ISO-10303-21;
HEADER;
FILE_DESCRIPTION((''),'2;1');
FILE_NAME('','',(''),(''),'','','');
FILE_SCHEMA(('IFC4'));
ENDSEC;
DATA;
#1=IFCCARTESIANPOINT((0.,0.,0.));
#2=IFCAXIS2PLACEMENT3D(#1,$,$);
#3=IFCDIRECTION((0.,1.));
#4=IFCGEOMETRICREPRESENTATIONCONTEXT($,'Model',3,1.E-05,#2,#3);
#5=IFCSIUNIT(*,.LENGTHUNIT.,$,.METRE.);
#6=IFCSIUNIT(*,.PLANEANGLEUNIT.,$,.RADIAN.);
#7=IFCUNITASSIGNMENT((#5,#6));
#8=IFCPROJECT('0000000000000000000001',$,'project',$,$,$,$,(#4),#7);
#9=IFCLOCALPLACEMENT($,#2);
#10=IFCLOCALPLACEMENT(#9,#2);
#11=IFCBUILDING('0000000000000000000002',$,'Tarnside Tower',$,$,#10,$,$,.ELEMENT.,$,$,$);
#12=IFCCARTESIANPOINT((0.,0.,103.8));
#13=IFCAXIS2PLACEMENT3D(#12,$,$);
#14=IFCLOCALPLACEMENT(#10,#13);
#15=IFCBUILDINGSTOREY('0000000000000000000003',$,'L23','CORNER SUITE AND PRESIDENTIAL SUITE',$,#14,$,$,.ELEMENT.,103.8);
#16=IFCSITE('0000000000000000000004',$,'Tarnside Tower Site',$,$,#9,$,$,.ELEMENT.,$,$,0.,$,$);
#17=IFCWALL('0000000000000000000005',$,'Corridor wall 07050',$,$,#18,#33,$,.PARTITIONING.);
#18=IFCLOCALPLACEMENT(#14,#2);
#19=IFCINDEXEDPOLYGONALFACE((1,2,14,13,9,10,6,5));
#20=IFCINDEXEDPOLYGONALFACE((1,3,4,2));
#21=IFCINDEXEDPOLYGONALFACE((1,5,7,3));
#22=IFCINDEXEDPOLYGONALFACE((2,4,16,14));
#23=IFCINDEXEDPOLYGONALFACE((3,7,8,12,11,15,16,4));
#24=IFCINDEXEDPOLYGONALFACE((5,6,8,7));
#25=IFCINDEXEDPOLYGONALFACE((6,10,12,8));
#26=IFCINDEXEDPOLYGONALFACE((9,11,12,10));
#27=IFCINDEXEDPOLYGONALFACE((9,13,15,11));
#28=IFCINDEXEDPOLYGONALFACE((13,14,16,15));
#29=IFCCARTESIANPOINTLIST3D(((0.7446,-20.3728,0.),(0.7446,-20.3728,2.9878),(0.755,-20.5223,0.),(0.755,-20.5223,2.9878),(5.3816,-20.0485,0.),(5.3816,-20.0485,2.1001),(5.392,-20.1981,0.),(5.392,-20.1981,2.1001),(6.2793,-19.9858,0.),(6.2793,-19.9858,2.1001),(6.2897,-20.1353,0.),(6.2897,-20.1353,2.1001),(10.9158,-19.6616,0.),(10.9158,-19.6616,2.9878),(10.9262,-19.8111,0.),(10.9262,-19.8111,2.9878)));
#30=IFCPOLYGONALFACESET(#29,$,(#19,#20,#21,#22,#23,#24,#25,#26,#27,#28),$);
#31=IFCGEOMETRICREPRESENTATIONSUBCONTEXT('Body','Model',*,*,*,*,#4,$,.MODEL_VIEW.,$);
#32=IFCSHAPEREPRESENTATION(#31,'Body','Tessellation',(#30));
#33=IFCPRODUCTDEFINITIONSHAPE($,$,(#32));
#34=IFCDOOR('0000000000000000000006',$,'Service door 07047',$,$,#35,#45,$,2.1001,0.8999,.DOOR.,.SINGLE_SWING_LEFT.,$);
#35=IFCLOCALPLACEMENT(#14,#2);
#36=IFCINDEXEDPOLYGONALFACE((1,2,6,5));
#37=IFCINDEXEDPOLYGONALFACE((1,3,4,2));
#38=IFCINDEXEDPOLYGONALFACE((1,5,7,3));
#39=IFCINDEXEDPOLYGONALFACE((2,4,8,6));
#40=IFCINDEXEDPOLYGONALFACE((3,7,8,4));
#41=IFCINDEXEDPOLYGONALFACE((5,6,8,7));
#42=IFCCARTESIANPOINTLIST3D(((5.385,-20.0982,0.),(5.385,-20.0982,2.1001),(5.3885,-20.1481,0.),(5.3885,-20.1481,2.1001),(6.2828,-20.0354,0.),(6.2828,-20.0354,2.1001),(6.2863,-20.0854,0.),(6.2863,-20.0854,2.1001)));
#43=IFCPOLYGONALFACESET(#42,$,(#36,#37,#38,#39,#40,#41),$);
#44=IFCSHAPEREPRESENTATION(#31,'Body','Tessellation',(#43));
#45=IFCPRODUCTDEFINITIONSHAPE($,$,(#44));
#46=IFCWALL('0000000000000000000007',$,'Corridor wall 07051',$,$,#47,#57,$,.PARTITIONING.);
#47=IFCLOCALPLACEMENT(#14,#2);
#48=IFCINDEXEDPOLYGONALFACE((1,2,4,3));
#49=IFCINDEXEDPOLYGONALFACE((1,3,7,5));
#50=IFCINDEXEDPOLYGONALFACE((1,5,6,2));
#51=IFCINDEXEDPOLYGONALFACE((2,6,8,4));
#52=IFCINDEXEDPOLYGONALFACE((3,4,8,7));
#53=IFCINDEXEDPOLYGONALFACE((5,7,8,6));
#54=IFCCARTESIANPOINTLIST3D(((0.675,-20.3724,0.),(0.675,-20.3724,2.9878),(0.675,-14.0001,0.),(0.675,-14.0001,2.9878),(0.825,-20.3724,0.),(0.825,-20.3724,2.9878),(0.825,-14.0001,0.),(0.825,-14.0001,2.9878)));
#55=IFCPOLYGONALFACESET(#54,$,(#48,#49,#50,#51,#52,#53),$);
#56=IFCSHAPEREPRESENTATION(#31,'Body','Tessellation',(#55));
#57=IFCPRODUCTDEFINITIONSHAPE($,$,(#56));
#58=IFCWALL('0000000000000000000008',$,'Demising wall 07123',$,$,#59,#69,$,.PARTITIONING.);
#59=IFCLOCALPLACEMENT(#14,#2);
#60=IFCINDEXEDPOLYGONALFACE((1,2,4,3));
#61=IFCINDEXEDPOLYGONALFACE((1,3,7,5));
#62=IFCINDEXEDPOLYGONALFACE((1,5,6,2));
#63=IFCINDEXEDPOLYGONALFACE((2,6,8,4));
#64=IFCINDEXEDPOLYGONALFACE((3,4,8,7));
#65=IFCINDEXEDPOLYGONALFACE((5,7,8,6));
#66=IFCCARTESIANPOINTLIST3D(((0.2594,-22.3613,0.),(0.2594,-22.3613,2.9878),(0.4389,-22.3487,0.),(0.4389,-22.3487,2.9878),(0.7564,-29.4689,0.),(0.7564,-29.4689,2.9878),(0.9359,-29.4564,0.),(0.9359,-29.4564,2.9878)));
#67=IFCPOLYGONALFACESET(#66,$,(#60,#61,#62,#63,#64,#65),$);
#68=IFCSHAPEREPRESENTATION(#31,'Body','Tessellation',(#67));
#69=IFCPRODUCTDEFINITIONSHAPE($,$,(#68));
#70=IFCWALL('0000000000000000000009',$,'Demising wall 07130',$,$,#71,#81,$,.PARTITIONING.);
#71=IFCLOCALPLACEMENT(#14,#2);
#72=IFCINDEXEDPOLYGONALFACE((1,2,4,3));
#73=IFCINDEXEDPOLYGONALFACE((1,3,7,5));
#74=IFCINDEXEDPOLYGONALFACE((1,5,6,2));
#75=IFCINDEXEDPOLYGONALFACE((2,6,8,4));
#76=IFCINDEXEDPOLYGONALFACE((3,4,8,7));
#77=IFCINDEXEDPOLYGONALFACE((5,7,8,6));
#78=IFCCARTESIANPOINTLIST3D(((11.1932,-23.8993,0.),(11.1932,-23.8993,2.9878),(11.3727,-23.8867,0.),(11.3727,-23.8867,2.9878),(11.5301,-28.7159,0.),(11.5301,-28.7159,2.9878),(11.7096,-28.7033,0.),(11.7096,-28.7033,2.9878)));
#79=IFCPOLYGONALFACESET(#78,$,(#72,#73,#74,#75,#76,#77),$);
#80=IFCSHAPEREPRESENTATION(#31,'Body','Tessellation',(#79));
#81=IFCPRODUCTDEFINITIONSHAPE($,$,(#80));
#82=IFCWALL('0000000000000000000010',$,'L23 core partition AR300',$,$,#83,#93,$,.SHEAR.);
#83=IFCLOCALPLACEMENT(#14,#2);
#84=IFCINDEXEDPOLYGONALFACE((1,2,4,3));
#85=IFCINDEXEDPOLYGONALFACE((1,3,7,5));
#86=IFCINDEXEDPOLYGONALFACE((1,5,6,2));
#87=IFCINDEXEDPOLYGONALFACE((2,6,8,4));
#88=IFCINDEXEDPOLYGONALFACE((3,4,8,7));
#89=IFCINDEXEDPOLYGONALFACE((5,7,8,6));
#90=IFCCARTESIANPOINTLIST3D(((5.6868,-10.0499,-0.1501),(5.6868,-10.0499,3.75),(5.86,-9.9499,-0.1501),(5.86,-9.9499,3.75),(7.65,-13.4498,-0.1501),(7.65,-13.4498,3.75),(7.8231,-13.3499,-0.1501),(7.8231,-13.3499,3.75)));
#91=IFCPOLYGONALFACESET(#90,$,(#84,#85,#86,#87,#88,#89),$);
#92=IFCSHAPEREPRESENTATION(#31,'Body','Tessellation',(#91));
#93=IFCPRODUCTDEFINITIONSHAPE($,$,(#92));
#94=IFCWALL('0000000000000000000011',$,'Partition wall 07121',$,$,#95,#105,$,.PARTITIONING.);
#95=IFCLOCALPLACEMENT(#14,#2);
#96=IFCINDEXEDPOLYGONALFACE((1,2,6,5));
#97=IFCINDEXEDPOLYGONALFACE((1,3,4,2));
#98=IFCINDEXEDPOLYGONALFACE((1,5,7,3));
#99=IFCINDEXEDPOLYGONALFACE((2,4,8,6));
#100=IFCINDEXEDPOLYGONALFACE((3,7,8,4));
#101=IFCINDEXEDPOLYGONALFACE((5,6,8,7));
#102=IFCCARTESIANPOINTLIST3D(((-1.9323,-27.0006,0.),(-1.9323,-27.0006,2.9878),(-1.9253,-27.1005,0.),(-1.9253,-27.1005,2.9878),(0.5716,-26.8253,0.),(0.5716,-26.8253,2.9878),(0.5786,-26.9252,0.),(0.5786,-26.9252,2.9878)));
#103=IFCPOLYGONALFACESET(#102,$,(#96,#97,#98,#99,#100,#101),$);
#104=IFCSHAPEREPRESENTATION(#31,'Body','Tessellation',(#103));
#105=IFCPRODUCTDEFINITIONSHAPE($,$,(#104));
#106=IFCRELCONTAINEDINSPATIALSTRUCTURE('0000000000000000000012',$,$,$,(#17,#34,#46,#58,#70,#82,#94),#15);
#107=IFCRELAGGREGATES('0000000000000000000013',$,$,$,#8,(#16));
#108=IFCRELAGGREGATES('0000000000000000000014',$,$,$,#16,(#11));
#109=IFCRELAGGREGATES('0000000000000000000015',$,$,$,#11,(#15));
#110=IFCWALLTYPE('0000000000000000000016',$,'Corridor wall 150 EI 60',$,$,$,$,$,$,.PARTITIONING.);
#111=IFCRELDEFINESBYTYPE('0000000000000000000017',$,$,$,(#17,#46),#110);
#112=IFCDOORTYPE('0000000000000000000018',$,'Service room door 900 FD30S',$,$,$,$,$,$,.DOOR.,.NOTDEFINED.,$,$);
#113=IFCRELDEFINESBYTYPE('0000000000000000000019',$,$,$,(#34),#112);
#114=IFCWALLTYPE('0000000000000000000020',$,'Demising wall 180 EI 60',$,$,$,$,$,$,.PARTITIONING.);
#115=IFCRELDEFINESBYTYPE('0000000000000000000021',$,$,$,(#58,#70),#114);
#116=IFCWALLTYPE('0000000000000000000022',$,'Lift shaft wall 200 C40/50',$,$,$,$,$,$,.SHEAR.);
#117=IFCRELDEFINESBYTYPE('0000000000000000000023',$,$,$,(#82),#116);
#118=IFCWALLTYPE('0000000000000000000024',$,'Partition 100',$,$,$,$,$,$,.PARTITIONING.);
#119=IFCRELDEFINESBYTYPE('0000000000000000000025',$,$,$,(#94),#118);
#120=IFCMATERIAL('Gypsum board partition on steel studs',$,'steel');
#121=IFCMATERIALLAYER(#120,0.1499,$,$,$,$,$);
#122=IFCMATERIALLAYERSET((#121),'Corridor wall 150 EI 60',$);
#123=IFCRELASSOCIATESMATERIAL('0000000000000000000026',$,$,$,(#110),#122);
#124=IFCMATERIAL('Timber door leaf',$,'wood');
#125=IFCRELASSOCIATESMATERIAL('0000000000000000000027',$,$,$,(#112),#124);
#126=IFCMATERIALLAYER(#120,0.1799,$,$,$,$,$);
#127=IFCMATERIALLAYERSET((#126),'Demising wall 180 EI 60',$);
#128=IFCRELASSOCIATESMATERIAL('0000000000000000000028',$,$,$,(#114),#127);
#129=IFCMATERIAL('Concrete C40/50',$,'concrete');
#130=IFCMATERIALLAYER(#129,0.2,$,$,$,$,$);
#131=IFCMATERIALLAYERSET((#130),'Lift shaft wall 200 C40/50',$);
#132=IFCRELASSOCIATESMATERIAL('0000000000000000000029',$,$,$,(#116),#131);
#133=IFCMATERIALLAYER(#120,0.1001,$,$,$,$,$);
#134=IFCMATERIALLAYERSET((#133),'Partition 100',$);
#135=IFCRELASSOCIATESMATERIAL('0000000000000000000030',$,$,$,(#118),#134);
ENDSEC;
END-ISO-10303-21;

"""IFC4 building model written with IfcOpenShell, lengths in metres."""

from ifc_helpers import new_model, si_unit, direction, frame, frame_2d, origin, place, context, subcontext, project, spatial, rectangle, extrude, material, layer, layer_set, type_object, element, fill, save


model = new_model("IFC4")

# Units and contexts
model_context = context("Model", 3, precision=1e-05, world=origin(), true_north=direction((0.0, 1.0)))
body_context = subcontext(model_context, "Body", "Model", "MODEL_VIEW")
ifc_project = project(units=[si_unit("LENGTHUNIT", "METRE"), si_unit("PLANEANGLEUNIT", "RADIAN")], contexts=[model_context])

# Site, building, storey
site_placement = place(None, origin())
site = spatial("IfcSite", under=ifc_project, at=site_placement, Name="Tarnside Tower Site", CompositionType="ELEMENT", RefElevation=0.0)
building_placement = place(site_placement, origin())
building = spatial("IfcBuilding", under=site, at=building_placement, Name="Tarnside Tower", CompositionType="ELEMENT")
storey_placement = place(building_placement, frame((0.0, 0.0, 103.8)))
storey = spatial("IfcBuildingStorey", under=building, at=storey_placement, Name="L23", Description="CORNER SUITE AND PRESIDENTIAL SUITE", CompositionType="ELEMENT", Elevation=103.8)

# Shared definitions
ifc_material_1 = material(Name="Gypsum board partition on steel studs", Category="steel")
ifc_material_2 = material(Name="Timber door leaf", Category="wood")

# Shared definitions
ifc_layer_1 = layer(ifc_material_1, 0.1499)
ifc_layer_set_1 = layer_set([ifc_layer_1], Name="Corridor wall 150 EI 60")
wall_type_1 = type_object("IfcWallType", Name="Corridor wall 150 EI 60", PredefinedType="PARTITIONING", material=ifc_layer_set_1)

# Wall, opening, door
wall_1_placement = place(storey_placement, frame((10.9211, -19.7363, 0.0), z_axis=(0.0, 0.0, 1.0), x_axis=(-0.997564, -0.069751, 0.0)))
wall_1 = element("IfcWall", 1, at=wall_1_placement, inside=storey, type_object=wall_type_1, Name="Corridor wall 07050", PredefinedType="PARTITIONING", context=body_context, shape_type="SweptSolid", body=[
    extrude(rectangle(XDim=10.196, YDim=0.1499, at=frame_2d((5.0981, 0.0))), origin(), (0.0, 0.0, 1.0), 2.9878),
])
opening_1_placement = place(wall_1_placement, frame((4.6479, 0.0, 0.0)))
opening_1 = element("IfcOpeningElement", 2, at=opening_1_placement, cuts=wall_1, PredefinedType="OPENING", context=body_context, shape_type="SweptSolid", body=[
    extrude(rectangle(XDim=0.8999, YDim=2.1001, at=frame_2d((0.45, 1.05))), frame((0.0, 0.085, 0.0), z_axis=(0.0, -1.0, 0.0), x_axis=(1.0, 0.0, 0.0)), (0.0, 0.0, 1.0), 0.1699),
])
door_type_1 = type_object("IfcDoorType", Name="Service room door 900 FD30S", OperationType="NOTDEFINED", PredefinedType="DOOR", material=ifc_material_2)
door_1_placement = place(opening_1_placement, origin())
door_1 = element("IfcDoor", 3, at=door_1_placement, inside=storey, type_object=door_type_1, Name="Service door 07047", OperationType="SINGLE_SWING_LEFT", OverallHeight=2.1001, OverallWidth=0.8999, PredefinedType="DOOR", context=body_context, shape_type="SweptSolid", body=[
    extrude(rectangle(XDim=0.8999, YDim=2.1001, at=frame_2d((0.45, 1.05))), frame((0.0, 0.0249, 0.0), z_axis=(0.0, -1.0, 0.0), x_axis=(1.0, 0.0, 0.0)), (0.0, 0.0, 1.0), 0.05),
])
fill(opening_1, door_1)

# Walls
wall_2_placement = place(storey_placement, frame((0.75, -20.3723, 0.0), z_axis=(0.0, 0.0, 1.0), x_axis=(0.0, 1.0, 0.0)))
element("IfcWall", 4, at=wall_2_placement, inside=storey, type_object=wall_type_1, Name="Corridor wall 07051", PredefinedType="PARTITIONING", context=body_context, shape_type="SweptSolid", body=[
    extrude(rectangle(XDim=6.3723, YDim=0.1499, at=frame_2d((3.186, 0.0))), origin(), (0.0, 0.0, 1.0), 2.9878),
])
ifc_layer_2 = layer(ifc_material_1, 0.1799)
ifc_layer_set_2 = layer_set([ifc_layer_2], Name="Demising wall 180 EI 60")
wall_type_2 = type_object("IfcWallType", Name="Demising wall 180 EI 60", PredefinedType="PARTITIONING", material=ifc_layer_set_2)
wall_3_placement = place(storey_placement, frame((0.8462, -29.4626, 0.0), z_axis=(0.0, 0.0, 1.0), x_axis=(-0.069764, 0.997564, 0.0)))
element("IfcWall", 5, at=wall_3_placement, inside=storey, type_object=wall_type_2, Name="Demising wall 07123", PredefinedType="PARTITIONING", context=body_context, shape_type="SweptSolid", body=[
    extrude(rectangle(XDim=7.125, YDim=0.1799, at=frame_2d((3.5625, 0.0))), origin(), (0.0, 0.0, 1.0), 2.9878),
])
wall_4_placement = place(storey_placement, frame((11.6199, -28.7095, 0.0), z_axis=(0.0, 0.0, 1.0), x_axis=(-0.069777, 0.997563, 0.0)))
element("IfcWall", 6, at=wall_4_placement, inside=storey, type_object=wall_type_2, Name="Demising wall 07130", PredefinedType="PARTITIONING", context=body_context, shape_type="SweptSolid", body=[
    extrude(rectangle(XDim=4.8284, YDim=0.1799, at=frame_2d((2.4141, 0.0))), origin(), (0.0, 0.0, 1.0), 2.9878),
])
ifc_material_3 = material(Name="Concrete C40/50", Category="concrete")
ifc_layer_3 = layer(ifc_material_3, 0.2)
ifc_layer_set_3 = layer_set([ifc_layer_3], Name="Lift shaft wall 200 C40/50")
wall_type_3 = type_object("IfcWallType", Name="Lift shaft wall 200 C40/50", PredefinedType="SHEAR", material=ifc_layer_set_3)
wall_5_placement = place(storey_placement, frame((5.7734, -10.0, -0.1501), z_axis=(0.0, 0.0, 1.0), x_axis=(0.500038, -0.866003, 0.0)))
element("IfcWall", 7, at=wall_5_placement, inside=storey, type_object=wall_type_3, Name="L23 core partition AR300", PredefinedType="SHEAR", context=body_context, shape_type="SweptSolid", body=[
    extrude(rectangle(XDim=3.926, YDim=0.2, at=frame_2d((1.9629, 0.0))), origin(), (0.0, 0.0, 1.0), 3.9001),
])
ifc_layer_4 = layer(ifc_material_1, 0.1001)
ifc_layer_set_4 = layer_set([ifc_layer_4], Name="Partition 100")
wall_type_4 = type_object("IfcWallType", Name="Partition 100", PredefinedType="PARTITIONING", material=ifc_layer_set_4)
wall_6_placement = place(storey_placement, frame((0.575, -26.8752, 0.0), z_axis=(0.0, 0.0, 1.0), x_axis=(-0.997558, -0.069837, 0.0)))
element("IfcWall", 8, at=wall_6_placement, inside=storey, type_object=wall_type_4, Name="Partition wall 07121", PredefinedType="PARTITIONING", context=body_context, shape_type="SweptSolid", body=[
    extrude(rectangle(XDim=2.51, YDim=0.1001, at=frame_2d((1.2549, 0.0))), origin(), (0.0, 0.0, 1.0), 2.9878),
])

save(model, "model.ifc")
